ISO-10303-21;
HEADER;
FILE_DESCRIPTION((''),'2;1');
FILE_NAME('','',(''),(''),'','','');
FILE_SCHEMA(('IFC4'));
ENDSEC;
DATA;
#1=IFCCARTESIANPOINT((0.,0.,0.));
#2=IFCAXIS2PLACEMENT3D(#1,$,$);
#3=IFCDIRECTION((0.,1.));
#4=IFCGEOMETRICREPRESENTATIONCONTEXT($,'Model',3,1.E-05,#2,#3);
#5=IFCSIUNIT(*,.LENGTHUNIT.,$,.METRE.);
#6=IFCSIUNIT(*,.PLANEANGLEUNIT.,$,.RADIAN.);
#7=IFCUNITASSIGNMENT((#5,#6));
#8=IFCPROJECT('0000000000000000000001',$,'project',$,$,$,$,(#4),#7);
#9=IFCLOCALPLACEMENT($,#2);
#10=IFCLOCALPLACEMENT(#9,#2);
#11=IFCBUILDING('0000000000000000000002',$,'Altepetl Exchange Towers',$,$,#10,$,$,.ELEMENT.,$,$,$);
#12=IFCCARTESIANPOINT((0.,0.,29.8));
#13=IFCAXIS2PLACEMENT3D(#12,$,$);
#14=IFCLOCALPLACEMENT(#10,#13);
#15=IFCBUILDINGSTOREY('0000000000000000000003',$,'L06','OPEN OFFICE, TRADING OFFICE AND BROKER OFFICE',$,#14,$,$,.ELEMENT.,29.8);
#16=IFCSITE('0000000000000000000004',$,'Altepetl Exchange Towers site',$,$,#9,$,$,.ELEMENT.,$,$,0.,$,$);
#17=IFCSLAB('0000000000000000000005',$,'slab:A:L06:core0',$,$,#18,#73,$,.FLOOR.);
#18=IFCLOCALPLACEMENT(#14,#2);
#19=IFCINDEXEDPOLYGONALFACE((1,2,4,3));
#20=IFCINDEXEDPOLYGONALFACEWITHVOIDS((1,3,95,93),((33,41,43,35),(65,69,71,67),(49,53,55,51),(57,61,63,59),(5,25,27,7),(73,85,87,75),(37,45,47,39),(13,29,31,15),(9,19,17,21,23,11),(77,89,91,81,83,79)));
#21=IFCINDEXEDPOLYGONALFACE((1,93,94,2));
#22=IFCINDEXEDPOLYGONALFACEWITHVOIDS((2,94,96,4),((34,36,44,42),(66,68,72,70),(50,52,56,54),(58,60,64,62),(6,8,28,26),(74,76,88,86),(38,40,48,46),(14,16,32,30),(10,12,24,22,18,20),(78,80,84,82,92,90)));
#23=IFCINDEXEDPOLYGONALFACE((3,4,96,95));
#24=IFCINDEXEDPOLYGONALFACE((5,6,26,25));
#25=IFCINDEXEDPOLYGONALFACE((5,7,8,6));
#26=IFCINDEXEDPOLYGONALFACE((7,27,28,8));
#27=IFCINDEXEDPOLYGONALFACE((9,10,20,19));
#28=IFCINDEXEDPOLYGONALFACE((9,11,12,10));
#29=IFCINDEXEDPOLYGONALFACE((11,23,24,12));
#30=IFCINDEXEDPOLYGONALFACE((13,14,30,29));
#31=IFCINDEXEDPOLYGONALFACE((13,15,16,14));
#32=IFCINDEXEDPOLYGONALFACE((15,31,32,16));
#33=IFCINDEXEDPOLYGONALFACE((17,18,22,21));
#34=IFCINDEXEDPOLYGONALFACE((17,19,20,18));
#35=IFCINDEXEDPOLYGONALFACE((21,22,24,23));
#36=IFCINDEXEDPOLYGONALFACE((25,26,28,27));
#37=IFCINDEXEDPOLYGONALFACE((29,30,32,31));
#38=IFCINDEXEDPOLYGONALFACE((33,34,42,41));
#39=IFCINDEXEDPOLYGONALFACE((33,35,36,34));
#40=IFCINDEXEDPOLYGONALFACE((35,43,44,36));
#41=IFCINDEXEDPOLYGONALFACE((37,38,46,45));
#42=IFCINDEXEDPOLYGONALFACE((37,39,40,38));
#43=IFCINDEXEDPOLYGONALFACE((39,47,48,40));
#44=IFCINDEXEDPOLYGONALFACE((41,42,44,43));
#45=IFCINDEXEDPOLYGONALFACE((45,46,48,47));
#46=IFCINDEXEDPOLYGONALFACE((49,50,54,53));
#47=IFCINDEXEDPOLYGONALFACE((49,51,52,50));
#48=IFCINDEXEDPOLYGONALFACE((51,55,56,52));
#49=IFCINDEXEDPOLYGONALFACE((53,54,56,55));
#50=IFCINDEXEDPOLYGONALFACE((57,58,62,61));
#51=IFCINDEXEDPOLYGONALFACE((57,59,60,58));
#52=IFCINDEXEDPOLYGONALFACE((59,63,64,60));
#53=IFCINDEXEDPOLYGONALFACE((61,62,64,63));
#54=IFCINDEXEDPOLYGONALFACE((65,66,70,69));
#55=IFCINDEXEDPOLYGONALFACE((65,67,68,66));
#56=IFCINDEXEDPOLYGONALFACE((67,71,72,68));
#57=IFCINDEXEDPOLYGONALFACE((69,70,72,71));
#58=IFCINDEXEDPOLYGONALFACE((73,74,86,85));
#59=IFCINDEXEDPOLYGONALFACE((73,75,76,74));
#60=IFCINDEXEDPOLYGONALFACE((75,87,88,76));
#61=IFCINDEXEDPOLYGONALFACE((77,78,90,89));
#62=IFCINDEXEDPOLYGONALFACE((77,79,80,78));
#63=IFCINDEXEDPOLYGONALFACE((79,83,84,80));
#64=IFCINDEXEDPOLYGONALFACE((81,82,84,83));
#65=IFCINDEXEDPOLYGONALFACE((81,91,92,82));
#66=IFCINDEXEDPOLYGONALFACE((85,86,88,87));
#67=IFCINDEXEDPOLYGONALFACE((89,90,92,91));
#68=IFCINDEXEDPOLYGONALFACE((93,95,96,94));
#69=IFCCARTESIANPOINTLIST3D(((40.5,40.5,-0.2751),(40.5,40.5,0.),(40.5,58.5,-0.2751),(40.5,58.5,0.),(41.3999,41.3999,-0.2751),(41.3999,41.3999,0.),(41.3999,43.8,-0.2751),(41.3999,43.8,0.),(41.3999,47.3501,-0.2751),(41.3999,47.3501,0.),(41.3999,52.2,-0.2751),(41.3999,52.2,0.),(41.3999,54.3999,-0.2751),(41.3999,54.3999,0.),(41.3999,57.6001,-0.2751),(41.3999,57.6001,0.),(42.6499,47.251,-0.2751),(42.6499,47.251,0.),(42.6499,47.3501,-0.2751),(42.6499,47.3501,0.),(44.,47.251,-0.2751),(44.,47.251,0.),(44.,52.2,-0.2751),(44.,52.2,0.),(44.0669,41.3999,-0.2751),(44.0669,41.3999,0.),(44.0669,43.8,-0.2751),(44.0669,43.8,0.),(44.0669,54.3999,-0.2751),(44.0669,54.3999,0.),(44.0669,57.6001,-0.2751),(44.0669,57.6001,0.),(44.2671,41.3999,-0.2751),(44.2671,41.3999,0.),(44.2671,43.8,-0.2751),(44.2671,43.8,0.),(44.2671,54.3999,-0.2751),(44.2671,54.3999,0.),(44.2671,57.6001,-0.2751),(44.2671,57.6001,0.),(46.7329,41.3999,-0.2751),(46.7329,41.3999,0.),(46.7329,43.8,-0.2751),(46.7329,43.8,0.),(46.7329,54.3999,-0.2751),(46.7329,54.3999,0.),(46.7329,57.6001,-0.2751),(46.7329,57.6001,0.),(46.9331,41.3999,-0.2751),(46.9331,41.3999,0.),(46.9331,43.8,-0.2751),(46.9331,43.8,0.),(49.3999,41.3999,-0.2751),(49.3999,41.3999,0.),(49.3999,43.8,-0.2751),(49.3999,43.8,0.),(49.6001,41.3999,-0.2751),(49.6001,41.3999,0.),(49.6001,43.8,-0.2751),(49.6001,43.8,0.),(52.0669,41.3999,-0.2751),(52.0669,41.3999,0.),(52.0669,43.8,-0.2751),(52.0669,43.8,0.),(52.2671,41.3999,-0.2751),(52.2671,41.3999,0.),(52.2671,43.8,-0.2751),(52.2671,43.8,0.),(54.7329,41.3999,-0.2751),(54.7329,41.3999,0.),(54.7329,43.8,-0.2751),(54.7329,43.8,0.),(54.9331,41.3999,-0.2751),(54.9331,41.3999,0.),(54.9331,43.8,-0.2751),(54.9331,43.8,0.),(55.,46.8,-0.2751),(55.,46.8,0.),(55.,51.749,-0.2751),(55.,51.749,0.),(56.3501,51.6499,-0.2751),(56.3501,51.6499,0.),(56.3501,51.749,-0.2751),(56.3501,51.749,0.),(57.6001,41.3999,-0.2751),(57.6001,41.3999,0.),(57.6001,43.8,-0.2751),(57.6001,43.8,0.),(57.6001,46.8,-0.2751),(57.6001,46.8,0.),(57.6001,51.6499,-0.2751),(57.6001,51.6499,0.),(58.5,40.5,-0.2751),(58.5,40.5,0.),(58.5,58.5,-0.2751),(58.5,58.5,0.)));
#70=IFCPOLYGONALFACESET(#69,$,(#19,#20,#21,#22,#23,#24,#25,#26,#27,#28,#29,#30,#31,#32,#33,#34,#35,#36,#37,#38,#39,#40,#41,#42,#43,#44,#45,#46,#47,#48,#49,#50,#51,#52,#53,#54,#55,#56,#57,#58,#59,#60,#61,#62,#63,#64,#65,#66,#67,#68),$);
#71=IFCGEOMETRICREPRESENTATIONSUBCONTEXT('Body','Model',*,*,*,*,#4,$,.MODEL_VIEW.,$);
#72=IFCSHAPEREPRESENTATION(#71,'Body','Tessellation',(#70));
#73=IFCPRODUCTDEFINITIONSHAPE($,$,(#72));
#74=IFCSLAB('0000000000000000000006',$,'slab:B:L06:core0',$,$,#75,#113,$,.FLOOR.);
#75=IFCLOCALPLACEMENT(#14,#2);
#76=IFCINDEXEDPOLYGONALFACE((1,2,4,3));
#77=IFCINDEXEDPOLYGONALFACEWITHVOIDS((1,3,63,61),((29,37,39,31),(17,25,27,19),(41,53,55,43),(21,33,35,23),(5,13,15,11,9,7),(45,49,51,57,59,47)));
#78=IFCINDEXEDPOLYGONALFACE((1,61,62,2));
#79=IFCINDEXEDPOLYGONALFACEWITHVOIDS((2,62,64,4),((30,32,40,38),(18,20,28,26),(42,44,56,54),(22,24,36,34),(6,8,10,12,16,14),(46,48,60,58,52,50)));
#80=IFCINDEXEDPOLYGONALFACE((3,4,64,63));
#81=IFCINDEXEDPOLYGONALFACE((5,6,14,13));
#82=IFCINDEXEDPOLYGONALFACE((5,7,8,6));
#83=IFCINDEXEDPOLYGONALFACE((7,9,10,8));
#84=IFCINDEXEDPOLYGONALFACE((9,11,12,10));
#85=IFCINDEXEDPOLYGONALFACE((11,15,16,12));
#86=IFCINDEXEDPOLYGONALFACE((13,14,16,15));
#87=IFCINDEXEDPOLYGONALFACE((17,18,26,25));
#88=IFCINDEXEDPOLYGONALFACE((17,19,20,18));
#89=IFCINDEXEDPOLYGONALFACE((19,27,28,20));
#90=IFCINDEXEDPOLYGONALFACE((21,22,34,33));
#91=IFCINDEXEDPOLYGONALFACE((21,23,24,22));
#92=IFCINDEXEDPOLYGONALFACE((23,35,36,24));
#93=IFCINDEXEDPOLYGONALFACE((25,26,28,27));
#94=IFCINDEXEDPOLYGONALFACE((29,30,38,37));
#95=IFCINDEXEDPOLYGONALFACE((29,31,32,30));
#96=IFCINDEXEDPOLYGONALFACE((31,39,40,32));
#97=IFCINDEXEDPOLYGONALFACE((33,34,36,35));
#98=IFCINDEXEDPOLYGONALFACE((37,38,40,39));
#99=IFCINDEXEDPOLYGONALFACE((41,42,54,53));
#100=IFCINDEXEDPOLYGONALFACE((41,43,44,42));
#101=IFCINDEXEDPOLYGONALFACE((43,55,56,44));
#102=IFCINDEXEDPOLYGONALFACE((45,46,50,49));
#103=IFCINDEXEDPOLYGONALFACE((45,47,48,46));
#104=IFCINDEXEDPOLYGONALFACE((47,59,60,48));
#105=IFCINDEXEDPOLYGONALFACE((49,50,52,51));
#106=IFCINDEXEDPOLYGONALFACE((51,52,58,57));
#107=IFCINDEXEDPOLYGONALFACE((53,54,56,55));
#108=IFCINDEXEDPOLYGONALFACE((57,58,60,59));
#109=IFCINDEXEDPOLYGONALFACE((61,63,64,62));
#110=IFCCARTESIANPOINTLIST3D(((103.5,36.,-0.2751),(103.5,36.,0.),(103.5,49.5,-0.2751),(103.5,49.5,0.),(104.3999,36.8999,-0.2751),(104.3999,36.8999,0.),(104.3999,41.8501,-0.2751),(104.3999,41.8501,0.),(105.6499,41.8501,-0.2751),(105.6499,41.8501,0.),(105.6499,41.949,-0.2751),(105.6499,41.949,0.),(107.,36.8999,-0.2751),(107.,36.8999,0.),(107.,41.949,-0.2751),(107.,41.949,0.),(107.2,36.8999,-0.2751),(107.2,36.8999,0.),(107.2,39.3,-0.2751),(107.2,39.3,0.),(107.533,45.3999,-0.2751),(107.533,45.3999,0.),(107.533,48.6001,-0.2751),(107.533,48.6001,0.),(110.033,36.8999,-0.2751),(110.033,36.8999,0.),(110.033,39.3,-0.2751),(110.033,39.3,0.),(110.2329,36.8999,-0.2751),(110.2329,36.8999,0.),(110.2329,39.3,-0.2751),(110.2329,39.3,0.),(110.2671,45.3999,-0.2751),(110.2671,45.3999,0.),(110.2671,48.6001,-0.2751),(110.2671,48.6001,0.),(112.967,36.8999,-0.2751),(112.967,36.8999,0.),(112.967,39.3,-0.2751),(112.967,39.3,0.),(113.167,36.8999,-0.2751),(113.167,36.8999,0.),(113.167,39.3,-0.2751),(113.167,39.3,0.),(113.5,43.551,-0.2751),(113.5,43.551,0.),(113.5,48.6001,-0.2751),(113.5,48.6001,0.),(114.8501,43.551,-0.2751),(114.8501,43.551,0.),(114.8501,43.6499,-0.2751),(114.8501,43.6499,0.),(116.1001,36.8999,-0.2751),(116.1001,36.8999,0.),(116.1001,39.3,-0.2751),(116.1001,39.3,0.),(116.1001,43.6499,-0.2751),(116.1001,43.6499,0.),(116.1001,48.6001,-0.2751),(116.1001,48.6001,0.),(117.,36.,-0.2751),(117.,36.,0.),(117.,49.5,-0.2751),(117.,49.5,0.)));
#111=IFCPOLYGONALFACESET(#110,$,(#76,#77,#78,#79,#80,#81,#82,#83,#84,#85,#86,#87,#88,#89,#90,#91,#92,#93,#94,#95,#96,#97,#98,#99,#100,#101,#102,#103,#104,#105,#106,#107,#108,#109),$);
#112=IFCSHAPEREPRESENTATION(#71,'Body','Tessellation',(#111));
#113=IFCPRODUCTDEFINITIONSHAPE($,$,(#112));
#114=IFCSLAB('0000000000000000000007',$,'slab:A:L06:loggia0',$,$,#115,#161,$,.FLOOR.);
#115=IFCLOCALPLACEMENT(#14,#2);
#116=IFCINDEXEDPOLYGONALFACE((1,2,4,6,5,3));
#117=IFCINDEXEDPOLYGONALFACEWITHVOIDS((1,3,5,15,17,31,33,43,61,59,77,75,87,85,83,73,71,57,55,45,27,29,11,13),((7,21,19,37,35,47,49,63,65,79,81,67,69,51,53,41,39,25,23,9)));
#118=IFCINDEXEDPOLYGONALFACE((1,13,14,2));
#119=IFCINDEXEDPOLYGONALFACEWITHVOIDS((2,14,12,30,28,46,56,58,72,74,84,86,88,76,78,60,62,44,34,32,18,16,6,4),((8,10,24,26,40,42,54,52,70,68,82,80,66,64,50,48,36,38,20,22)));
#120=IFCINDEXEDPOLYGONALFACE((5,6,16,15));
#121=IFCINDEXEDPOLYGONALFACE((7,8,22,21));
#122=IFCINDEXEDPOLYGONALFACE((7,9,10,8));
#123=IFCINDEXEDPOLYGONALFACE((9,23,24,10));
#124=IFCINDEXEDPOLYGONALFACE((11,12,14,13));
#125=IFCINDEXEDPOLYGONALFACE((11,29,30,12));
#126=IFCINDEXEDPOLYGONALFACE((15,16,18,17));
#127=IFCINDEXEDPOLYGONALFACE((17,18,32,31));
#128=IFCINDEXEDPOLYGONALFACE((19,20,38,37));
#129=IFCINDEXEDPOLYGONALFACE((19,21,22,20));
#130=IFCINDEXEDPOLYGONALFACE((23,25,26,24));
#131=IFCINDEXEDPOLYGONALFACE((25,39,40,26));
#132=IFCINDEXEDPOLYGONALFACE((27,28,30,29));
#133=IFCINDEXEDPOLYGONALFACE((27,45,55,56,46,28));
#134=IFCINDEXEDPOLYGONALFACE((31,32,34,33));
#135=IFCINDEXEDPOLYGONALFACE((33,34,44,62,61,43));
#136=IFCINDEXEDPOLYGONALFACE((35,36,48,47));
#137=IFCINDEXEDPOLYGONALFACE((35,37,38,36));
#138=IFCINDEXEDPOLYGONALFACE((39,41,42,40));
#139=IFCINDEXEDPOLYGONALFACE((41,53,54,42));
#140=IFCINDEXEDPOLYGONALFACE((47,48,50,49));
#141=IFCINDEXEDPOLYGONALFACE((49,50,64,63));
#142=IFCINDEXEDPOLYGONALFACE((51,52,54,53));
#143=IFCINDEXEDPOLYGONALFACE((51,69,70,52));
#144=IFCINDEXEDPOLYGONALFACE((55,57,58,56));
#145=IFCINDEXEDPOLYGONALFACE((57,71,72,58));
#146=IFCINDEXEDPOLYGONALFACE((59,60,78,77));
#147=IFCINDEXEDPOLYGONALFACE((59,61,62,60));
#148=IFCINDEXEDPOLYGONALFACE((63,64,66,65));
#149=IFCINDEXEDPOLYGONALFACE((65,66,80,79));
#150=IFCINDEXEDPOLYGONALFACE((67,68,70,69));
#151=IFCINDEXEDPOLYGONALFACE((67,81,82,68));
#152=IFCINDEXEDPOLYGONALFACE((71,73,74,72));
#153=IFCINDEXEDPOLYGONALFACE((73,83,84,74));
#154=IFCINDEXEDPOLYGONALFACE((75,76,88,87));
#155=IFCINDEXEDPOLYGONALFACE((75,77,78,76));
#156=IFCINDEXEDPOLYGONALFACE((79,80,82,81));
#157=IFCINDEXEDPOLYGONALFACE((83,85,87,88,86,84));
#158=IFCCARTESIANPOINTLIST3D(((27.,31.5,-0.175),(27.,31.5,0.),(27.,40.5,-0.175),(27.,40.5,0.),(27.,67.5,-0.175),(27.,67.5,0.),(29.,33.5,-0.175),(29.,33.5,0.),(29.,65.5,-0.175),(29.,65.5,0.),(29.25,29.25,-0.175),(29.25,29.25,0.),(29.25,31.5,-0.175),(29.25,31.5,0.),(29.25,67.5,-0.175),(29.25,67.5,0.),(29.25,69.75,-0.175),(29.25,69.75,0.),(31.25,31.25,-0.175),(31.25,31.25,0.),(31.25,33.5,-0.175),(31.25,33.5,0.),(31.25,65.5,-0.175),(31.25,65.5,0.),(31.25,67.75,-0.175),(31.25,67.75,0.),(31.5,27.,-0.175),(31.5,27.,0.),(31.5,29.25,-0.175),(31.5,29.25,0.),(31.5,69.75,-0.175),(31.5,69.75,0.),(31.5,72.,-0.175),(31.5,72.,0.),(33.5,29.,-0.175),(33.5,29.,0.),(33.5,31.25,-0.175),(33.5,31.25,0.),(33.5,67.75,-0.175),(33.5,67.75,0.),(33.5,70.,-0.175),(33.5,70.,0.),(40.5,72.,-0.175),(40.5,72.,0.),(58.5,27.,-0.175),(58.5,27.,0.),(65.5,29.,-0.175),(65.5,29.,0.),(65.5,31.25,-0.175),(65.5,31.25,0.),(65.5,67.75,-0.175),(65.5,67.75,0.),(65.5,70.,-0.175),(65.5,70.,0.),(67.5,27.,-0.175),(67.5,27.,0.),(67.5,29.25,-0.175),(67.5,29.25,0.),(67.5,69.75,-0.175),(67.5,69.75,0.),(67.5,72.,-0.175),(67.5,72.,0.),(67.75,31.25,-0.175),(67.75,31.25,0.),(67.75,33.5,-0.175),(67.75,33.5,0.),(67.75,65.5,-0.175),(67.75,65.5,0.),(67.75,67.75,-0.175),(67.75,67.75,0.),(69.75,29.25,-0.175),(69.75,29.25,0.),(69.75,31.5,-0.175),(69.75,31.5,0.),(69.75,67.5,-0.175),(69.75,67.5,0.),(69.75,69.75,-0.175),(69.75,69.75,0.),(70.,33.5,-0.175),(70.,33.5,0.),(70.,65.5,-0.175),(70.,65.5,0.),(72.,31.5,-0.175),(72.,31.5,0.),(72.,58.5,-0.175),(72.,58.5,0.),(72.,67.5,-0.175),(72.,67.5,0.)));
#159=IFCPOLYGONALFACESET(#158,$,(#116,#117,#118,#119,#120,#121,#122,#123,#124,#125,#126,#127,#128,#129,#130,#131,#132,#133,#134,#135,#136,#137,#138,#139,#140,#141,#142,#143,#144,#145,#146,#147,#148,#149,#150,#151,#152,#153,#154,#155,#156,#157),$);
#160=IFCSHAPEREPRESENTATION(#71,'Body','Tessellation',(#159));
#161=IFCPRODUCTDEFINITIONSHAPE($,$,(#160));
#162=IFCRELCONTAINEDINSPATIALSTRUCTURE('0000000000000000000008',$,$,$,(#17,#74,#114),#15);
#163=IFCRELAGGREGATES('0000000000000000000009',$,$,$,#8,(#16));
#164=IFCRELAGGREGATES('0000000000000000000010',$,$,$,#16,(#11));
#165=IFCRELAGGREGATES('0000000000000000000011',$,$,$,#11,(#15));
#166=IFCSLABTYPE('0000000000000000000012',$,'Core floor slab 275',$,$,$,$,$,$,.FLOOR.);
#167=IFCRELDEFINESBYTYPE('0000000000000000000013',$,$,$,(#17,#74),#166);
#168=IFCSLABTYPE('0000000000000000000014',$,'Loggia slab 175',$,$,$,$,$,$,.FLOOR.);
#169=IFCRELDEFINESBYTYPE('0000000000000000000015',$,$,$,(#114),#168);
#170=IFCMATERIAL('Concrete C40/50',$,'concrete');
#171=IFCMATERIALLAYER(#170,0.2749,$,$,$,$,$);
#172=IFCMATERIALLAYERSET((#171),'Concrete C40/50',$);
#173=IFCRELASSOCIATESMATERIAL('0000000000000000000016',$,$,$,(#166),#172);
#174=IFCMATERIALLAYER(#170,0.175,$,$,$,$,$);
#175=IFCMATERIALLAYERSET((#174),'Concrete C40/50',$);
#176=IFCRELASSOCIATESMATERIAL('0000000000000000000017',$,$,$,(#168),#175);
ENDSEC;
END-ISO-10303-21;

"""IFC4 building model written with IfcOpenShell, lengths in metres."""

from ifc_helpers import new_model, si_unit, direction, frame, origin, place, context, subcontext, project, spatial, polyline, outline, extrude, material, layer, layer_set, type_object, element, save


model = new_model("IFC4")

# Units and contexts
model_context = context("Model", 3, precision=1e-05, world=origin(), true_north=direction((0.0, 1.0)))
body_context = subcontext(model_context, "Body", "Model", "MODEL_VIEW")
ifc_project = project(units=[si_unit("LENGTHUNIT", "METRE"), si_unit("PLANEANGLEUNIT", "RADIAN")], contexts=[model_context])

# Site, building, storey
site_placement = place(None, origin())
site = spatial("IfcSite", under=ifc_project, at=site_placement, Name="Altepetl Exchange Towers site", CompositionType="ELEMENT", RefElevation=0.0)
building_placement = place(site_placement, origin())
building = spatial("IfcBuilding", under=site, at=building_placement, Name="Altepetl Exchange Towers", CompositionType="ELEMENT")
storey_placement = place(building_placement, frame((0.0, 0.0, 29.8)))
storey = spatial("IfcBuildingStorey", under=building, at=storey_placement, Name="L06", Description="OPEN OFFICE, TRADING OFFICE AND BROKER OFFICE", CompositionType="ELEMENT", Elevation=29.8)

# Slabs
ifc_material_1 = material(Name="Concrete C40/50", Category="concrete")
ifc_layer_1 = layer(ifc_material_1, 0.2749)
ifc_layer_set_1 = layer_set([ifc_layer_1], Name="Concrete C40/50")
slab_type_1 = type_object("IfcSlabType", Name="Core floor slab 275", PredefinedType="FLOOR", material=ifc_layer_set_1)
slab_1_placement = place(storey_placement, frame((0.0, 0.0, -0.2751)))
element("IfcSlab", 1, at=slab_1_placement, inside=storey, type_object=slab_type_1, Name="slab:A:L06:core0", PredefinedType="FLOOR", context=body_context, shape_type="SweptSolid", body=[
    extrude(outline(polyline([(40.5, 40.5), (58.5, 40.5), (58.5, 58.5), (40.5, 58.5), (40.5, 40.5)]), holes=[polyline([(41.3999, 43.8), (44.0669, 43.8), (44.0669, 41.3999), (41.3999, 41.3999), (41.3999, 43.8)]), polyline([(44.2671, 43.8), (46.7329, 43.8), (46.7329, 41.3999), (44.2671, 41.3999), (44.2671, 43.8)]), polyline([(46.9331, 43.8), (49.3999, 43.8), (49.3999, 41.3999), (46.9331, 41.3999), (46.9331, 43.8)]), polyline([(52.0669, 43.8), (52.0669, 41.3999), (49.6001, 41.3999), (49.6001, 43.8), (52.0669, 43.8)]), polyline([(54.7329, 43.8), (54.7329, 41.3999), (52.2671, 41.3999), (52.2671, 43.8), (54.7329, 43.8)]), polyline([(54.9331, 43.8), (57.6001, 43.8), (57.6001, 41.3999), (54.9331, 41.3999), (54.9331, 43.8)]), polyline([(55.0, 51.749), (56.3501, 51.749), (56.3501, 51.6499), (57.6001, 51.6499), (57.6001, 46.8), (55.0, 46.8), (55.0, 51.749)]), polyline([(44.0, 47.251), (42.6499, 47.251), (42.6499, 47.3501), (41.3999, 47.3501), (41.3999, 52.2), (44.0, 52.2), (44.0, 47.251)]), polyline([(44.0669, 57.6001), (44.0669, 54.3999), (41.3999, 54.3999), (41.3999, 57.6001), (44.0669, 57.6001)]), polyline([(46.7329, 57.6001), (46.7329, 54.3999), (44.2671, 54.3999), (44.2671, 57.6001), (46.7329, 57.6001)])]), origin(), (0.0, 0.0, 1.0), 0.2751),
])
slab_2_placement = place(storey_placement, frame((0.0, 0.0, -0.2751)))
element("IfcSlab", 2, at=slab_2_placement, inside=storey, type_object=slab_type_1, Name="slab:B:L06:core0", PredefinedType="FLOOR", context=body_context, shape_type="SweptSolid", body=[
    extrude(outline(polyline([(103.5, 36.0), (117.0, 36.0), (117.0, 49.5), (103.5, 49.5), (103.5, 36.0)]), holes=[polyline([(107.2, 36.8999), (107.2, 39.3), (110.033, 39.3), (110.033, 36.8999), (107.2, 36.8999)]), polyline([(110.2329, 39.3), (112.967, 39.3), (112.967, 36.8999), (110.2329, 36.8999), (110.2329, 39.3)]), polyline([(113.167, 39.3), (116.1001, 39.3), (116.1001, 36.8999), (113.167, 36.8999), (113.167, 39.3)]), polyline([(107.0, 36.8999), (104.3999, 36.8999), (104.3999, 41.8501), (105.6499, 41.8501), (105.6499, 41.949), (107.0, 41.949), (107.0, 36.8999)]), polyline([(116.1001, 48.6001), (116.1001, 43.6499), (114.8501, 43.6499), (114.8501, 43.551), (113.5, 43.551), (113.5, 48.6001), (116.1001, 48.6001)]), polyline([(107.533, 48.6001), (110.2671, 48.6001), (110.2671, 45.3999), (107.533, 45.3999), (107.533, 48.6001)])]), origin(), (0.0, 0.0, 1.0), 0.2751),
])
ifc_layer_2 = layer(ifc_material_1, 0.175)
ifc_layer_set_2 = layer_set([ifc_layer_2], Name="Concrete C40/50")
slab_type_2 = type_object("IfcSlabType", Name="Loggia slab 175", PredefinedType="FLOOR", material=ifc_layer_set_2)
slab_3_placement = place(storey_placement, frame((0.0, 0.0, -0.175)))
element("IfcSlab", 3, at=slab_3_placement, inside=storey, type_object=slab_type_2, Name="slab:A:L06:loggia0", PredefinedType="FLOOR", context=body_context, shape_type="SweptSolid", body=[
    extrude(outline(polyline([(29.25, 67.5), (27.0, 67.5), (27.0, 40.5), (27.0, 31.5), (29.25, 31.5), (29.25, 29.25), (31.5, 29.25), (31.5, 27.0), (58.5, 27.0), (67.5, 27.0), (67.5, 29.25), (69.75, 29.25), (69.75, 31.5), (72.0, 31.5), (72.0, 58.5), (72.0, 67.5), (69.75, 67.5), (69.75, 69.75), (67.5, 69.75), (67.5, 72.0), (40.5, 72.0), (31.5, 72.0), (31.5, 69.75), (29.25, 69.75), (29.25, 67.5)]), holes=[polyline([(29.0, 65.5), (31.25, 65.5), (31.25, 67.75), (33.5, 67.75), (33.5, 70.0), (65.5, 70.0), (65.5, 67.75), (67.75, 67.75), (67.75, 65.5), (70.0, 65.5), (70.0, 33.5), (67.75, 33.5), (67.75, 31.25), (65.5, 31.25), (65.5, 29.0), (33.5, 29.0), (33.5, 31.25), (31.25, 31.25), (31.25, 33.5), (29.0, 33.5), (29.0, 65.5)])]), origin(), (0.0, 0.0, 1.0), 0.175),
])

save(model, "model.ifc")
